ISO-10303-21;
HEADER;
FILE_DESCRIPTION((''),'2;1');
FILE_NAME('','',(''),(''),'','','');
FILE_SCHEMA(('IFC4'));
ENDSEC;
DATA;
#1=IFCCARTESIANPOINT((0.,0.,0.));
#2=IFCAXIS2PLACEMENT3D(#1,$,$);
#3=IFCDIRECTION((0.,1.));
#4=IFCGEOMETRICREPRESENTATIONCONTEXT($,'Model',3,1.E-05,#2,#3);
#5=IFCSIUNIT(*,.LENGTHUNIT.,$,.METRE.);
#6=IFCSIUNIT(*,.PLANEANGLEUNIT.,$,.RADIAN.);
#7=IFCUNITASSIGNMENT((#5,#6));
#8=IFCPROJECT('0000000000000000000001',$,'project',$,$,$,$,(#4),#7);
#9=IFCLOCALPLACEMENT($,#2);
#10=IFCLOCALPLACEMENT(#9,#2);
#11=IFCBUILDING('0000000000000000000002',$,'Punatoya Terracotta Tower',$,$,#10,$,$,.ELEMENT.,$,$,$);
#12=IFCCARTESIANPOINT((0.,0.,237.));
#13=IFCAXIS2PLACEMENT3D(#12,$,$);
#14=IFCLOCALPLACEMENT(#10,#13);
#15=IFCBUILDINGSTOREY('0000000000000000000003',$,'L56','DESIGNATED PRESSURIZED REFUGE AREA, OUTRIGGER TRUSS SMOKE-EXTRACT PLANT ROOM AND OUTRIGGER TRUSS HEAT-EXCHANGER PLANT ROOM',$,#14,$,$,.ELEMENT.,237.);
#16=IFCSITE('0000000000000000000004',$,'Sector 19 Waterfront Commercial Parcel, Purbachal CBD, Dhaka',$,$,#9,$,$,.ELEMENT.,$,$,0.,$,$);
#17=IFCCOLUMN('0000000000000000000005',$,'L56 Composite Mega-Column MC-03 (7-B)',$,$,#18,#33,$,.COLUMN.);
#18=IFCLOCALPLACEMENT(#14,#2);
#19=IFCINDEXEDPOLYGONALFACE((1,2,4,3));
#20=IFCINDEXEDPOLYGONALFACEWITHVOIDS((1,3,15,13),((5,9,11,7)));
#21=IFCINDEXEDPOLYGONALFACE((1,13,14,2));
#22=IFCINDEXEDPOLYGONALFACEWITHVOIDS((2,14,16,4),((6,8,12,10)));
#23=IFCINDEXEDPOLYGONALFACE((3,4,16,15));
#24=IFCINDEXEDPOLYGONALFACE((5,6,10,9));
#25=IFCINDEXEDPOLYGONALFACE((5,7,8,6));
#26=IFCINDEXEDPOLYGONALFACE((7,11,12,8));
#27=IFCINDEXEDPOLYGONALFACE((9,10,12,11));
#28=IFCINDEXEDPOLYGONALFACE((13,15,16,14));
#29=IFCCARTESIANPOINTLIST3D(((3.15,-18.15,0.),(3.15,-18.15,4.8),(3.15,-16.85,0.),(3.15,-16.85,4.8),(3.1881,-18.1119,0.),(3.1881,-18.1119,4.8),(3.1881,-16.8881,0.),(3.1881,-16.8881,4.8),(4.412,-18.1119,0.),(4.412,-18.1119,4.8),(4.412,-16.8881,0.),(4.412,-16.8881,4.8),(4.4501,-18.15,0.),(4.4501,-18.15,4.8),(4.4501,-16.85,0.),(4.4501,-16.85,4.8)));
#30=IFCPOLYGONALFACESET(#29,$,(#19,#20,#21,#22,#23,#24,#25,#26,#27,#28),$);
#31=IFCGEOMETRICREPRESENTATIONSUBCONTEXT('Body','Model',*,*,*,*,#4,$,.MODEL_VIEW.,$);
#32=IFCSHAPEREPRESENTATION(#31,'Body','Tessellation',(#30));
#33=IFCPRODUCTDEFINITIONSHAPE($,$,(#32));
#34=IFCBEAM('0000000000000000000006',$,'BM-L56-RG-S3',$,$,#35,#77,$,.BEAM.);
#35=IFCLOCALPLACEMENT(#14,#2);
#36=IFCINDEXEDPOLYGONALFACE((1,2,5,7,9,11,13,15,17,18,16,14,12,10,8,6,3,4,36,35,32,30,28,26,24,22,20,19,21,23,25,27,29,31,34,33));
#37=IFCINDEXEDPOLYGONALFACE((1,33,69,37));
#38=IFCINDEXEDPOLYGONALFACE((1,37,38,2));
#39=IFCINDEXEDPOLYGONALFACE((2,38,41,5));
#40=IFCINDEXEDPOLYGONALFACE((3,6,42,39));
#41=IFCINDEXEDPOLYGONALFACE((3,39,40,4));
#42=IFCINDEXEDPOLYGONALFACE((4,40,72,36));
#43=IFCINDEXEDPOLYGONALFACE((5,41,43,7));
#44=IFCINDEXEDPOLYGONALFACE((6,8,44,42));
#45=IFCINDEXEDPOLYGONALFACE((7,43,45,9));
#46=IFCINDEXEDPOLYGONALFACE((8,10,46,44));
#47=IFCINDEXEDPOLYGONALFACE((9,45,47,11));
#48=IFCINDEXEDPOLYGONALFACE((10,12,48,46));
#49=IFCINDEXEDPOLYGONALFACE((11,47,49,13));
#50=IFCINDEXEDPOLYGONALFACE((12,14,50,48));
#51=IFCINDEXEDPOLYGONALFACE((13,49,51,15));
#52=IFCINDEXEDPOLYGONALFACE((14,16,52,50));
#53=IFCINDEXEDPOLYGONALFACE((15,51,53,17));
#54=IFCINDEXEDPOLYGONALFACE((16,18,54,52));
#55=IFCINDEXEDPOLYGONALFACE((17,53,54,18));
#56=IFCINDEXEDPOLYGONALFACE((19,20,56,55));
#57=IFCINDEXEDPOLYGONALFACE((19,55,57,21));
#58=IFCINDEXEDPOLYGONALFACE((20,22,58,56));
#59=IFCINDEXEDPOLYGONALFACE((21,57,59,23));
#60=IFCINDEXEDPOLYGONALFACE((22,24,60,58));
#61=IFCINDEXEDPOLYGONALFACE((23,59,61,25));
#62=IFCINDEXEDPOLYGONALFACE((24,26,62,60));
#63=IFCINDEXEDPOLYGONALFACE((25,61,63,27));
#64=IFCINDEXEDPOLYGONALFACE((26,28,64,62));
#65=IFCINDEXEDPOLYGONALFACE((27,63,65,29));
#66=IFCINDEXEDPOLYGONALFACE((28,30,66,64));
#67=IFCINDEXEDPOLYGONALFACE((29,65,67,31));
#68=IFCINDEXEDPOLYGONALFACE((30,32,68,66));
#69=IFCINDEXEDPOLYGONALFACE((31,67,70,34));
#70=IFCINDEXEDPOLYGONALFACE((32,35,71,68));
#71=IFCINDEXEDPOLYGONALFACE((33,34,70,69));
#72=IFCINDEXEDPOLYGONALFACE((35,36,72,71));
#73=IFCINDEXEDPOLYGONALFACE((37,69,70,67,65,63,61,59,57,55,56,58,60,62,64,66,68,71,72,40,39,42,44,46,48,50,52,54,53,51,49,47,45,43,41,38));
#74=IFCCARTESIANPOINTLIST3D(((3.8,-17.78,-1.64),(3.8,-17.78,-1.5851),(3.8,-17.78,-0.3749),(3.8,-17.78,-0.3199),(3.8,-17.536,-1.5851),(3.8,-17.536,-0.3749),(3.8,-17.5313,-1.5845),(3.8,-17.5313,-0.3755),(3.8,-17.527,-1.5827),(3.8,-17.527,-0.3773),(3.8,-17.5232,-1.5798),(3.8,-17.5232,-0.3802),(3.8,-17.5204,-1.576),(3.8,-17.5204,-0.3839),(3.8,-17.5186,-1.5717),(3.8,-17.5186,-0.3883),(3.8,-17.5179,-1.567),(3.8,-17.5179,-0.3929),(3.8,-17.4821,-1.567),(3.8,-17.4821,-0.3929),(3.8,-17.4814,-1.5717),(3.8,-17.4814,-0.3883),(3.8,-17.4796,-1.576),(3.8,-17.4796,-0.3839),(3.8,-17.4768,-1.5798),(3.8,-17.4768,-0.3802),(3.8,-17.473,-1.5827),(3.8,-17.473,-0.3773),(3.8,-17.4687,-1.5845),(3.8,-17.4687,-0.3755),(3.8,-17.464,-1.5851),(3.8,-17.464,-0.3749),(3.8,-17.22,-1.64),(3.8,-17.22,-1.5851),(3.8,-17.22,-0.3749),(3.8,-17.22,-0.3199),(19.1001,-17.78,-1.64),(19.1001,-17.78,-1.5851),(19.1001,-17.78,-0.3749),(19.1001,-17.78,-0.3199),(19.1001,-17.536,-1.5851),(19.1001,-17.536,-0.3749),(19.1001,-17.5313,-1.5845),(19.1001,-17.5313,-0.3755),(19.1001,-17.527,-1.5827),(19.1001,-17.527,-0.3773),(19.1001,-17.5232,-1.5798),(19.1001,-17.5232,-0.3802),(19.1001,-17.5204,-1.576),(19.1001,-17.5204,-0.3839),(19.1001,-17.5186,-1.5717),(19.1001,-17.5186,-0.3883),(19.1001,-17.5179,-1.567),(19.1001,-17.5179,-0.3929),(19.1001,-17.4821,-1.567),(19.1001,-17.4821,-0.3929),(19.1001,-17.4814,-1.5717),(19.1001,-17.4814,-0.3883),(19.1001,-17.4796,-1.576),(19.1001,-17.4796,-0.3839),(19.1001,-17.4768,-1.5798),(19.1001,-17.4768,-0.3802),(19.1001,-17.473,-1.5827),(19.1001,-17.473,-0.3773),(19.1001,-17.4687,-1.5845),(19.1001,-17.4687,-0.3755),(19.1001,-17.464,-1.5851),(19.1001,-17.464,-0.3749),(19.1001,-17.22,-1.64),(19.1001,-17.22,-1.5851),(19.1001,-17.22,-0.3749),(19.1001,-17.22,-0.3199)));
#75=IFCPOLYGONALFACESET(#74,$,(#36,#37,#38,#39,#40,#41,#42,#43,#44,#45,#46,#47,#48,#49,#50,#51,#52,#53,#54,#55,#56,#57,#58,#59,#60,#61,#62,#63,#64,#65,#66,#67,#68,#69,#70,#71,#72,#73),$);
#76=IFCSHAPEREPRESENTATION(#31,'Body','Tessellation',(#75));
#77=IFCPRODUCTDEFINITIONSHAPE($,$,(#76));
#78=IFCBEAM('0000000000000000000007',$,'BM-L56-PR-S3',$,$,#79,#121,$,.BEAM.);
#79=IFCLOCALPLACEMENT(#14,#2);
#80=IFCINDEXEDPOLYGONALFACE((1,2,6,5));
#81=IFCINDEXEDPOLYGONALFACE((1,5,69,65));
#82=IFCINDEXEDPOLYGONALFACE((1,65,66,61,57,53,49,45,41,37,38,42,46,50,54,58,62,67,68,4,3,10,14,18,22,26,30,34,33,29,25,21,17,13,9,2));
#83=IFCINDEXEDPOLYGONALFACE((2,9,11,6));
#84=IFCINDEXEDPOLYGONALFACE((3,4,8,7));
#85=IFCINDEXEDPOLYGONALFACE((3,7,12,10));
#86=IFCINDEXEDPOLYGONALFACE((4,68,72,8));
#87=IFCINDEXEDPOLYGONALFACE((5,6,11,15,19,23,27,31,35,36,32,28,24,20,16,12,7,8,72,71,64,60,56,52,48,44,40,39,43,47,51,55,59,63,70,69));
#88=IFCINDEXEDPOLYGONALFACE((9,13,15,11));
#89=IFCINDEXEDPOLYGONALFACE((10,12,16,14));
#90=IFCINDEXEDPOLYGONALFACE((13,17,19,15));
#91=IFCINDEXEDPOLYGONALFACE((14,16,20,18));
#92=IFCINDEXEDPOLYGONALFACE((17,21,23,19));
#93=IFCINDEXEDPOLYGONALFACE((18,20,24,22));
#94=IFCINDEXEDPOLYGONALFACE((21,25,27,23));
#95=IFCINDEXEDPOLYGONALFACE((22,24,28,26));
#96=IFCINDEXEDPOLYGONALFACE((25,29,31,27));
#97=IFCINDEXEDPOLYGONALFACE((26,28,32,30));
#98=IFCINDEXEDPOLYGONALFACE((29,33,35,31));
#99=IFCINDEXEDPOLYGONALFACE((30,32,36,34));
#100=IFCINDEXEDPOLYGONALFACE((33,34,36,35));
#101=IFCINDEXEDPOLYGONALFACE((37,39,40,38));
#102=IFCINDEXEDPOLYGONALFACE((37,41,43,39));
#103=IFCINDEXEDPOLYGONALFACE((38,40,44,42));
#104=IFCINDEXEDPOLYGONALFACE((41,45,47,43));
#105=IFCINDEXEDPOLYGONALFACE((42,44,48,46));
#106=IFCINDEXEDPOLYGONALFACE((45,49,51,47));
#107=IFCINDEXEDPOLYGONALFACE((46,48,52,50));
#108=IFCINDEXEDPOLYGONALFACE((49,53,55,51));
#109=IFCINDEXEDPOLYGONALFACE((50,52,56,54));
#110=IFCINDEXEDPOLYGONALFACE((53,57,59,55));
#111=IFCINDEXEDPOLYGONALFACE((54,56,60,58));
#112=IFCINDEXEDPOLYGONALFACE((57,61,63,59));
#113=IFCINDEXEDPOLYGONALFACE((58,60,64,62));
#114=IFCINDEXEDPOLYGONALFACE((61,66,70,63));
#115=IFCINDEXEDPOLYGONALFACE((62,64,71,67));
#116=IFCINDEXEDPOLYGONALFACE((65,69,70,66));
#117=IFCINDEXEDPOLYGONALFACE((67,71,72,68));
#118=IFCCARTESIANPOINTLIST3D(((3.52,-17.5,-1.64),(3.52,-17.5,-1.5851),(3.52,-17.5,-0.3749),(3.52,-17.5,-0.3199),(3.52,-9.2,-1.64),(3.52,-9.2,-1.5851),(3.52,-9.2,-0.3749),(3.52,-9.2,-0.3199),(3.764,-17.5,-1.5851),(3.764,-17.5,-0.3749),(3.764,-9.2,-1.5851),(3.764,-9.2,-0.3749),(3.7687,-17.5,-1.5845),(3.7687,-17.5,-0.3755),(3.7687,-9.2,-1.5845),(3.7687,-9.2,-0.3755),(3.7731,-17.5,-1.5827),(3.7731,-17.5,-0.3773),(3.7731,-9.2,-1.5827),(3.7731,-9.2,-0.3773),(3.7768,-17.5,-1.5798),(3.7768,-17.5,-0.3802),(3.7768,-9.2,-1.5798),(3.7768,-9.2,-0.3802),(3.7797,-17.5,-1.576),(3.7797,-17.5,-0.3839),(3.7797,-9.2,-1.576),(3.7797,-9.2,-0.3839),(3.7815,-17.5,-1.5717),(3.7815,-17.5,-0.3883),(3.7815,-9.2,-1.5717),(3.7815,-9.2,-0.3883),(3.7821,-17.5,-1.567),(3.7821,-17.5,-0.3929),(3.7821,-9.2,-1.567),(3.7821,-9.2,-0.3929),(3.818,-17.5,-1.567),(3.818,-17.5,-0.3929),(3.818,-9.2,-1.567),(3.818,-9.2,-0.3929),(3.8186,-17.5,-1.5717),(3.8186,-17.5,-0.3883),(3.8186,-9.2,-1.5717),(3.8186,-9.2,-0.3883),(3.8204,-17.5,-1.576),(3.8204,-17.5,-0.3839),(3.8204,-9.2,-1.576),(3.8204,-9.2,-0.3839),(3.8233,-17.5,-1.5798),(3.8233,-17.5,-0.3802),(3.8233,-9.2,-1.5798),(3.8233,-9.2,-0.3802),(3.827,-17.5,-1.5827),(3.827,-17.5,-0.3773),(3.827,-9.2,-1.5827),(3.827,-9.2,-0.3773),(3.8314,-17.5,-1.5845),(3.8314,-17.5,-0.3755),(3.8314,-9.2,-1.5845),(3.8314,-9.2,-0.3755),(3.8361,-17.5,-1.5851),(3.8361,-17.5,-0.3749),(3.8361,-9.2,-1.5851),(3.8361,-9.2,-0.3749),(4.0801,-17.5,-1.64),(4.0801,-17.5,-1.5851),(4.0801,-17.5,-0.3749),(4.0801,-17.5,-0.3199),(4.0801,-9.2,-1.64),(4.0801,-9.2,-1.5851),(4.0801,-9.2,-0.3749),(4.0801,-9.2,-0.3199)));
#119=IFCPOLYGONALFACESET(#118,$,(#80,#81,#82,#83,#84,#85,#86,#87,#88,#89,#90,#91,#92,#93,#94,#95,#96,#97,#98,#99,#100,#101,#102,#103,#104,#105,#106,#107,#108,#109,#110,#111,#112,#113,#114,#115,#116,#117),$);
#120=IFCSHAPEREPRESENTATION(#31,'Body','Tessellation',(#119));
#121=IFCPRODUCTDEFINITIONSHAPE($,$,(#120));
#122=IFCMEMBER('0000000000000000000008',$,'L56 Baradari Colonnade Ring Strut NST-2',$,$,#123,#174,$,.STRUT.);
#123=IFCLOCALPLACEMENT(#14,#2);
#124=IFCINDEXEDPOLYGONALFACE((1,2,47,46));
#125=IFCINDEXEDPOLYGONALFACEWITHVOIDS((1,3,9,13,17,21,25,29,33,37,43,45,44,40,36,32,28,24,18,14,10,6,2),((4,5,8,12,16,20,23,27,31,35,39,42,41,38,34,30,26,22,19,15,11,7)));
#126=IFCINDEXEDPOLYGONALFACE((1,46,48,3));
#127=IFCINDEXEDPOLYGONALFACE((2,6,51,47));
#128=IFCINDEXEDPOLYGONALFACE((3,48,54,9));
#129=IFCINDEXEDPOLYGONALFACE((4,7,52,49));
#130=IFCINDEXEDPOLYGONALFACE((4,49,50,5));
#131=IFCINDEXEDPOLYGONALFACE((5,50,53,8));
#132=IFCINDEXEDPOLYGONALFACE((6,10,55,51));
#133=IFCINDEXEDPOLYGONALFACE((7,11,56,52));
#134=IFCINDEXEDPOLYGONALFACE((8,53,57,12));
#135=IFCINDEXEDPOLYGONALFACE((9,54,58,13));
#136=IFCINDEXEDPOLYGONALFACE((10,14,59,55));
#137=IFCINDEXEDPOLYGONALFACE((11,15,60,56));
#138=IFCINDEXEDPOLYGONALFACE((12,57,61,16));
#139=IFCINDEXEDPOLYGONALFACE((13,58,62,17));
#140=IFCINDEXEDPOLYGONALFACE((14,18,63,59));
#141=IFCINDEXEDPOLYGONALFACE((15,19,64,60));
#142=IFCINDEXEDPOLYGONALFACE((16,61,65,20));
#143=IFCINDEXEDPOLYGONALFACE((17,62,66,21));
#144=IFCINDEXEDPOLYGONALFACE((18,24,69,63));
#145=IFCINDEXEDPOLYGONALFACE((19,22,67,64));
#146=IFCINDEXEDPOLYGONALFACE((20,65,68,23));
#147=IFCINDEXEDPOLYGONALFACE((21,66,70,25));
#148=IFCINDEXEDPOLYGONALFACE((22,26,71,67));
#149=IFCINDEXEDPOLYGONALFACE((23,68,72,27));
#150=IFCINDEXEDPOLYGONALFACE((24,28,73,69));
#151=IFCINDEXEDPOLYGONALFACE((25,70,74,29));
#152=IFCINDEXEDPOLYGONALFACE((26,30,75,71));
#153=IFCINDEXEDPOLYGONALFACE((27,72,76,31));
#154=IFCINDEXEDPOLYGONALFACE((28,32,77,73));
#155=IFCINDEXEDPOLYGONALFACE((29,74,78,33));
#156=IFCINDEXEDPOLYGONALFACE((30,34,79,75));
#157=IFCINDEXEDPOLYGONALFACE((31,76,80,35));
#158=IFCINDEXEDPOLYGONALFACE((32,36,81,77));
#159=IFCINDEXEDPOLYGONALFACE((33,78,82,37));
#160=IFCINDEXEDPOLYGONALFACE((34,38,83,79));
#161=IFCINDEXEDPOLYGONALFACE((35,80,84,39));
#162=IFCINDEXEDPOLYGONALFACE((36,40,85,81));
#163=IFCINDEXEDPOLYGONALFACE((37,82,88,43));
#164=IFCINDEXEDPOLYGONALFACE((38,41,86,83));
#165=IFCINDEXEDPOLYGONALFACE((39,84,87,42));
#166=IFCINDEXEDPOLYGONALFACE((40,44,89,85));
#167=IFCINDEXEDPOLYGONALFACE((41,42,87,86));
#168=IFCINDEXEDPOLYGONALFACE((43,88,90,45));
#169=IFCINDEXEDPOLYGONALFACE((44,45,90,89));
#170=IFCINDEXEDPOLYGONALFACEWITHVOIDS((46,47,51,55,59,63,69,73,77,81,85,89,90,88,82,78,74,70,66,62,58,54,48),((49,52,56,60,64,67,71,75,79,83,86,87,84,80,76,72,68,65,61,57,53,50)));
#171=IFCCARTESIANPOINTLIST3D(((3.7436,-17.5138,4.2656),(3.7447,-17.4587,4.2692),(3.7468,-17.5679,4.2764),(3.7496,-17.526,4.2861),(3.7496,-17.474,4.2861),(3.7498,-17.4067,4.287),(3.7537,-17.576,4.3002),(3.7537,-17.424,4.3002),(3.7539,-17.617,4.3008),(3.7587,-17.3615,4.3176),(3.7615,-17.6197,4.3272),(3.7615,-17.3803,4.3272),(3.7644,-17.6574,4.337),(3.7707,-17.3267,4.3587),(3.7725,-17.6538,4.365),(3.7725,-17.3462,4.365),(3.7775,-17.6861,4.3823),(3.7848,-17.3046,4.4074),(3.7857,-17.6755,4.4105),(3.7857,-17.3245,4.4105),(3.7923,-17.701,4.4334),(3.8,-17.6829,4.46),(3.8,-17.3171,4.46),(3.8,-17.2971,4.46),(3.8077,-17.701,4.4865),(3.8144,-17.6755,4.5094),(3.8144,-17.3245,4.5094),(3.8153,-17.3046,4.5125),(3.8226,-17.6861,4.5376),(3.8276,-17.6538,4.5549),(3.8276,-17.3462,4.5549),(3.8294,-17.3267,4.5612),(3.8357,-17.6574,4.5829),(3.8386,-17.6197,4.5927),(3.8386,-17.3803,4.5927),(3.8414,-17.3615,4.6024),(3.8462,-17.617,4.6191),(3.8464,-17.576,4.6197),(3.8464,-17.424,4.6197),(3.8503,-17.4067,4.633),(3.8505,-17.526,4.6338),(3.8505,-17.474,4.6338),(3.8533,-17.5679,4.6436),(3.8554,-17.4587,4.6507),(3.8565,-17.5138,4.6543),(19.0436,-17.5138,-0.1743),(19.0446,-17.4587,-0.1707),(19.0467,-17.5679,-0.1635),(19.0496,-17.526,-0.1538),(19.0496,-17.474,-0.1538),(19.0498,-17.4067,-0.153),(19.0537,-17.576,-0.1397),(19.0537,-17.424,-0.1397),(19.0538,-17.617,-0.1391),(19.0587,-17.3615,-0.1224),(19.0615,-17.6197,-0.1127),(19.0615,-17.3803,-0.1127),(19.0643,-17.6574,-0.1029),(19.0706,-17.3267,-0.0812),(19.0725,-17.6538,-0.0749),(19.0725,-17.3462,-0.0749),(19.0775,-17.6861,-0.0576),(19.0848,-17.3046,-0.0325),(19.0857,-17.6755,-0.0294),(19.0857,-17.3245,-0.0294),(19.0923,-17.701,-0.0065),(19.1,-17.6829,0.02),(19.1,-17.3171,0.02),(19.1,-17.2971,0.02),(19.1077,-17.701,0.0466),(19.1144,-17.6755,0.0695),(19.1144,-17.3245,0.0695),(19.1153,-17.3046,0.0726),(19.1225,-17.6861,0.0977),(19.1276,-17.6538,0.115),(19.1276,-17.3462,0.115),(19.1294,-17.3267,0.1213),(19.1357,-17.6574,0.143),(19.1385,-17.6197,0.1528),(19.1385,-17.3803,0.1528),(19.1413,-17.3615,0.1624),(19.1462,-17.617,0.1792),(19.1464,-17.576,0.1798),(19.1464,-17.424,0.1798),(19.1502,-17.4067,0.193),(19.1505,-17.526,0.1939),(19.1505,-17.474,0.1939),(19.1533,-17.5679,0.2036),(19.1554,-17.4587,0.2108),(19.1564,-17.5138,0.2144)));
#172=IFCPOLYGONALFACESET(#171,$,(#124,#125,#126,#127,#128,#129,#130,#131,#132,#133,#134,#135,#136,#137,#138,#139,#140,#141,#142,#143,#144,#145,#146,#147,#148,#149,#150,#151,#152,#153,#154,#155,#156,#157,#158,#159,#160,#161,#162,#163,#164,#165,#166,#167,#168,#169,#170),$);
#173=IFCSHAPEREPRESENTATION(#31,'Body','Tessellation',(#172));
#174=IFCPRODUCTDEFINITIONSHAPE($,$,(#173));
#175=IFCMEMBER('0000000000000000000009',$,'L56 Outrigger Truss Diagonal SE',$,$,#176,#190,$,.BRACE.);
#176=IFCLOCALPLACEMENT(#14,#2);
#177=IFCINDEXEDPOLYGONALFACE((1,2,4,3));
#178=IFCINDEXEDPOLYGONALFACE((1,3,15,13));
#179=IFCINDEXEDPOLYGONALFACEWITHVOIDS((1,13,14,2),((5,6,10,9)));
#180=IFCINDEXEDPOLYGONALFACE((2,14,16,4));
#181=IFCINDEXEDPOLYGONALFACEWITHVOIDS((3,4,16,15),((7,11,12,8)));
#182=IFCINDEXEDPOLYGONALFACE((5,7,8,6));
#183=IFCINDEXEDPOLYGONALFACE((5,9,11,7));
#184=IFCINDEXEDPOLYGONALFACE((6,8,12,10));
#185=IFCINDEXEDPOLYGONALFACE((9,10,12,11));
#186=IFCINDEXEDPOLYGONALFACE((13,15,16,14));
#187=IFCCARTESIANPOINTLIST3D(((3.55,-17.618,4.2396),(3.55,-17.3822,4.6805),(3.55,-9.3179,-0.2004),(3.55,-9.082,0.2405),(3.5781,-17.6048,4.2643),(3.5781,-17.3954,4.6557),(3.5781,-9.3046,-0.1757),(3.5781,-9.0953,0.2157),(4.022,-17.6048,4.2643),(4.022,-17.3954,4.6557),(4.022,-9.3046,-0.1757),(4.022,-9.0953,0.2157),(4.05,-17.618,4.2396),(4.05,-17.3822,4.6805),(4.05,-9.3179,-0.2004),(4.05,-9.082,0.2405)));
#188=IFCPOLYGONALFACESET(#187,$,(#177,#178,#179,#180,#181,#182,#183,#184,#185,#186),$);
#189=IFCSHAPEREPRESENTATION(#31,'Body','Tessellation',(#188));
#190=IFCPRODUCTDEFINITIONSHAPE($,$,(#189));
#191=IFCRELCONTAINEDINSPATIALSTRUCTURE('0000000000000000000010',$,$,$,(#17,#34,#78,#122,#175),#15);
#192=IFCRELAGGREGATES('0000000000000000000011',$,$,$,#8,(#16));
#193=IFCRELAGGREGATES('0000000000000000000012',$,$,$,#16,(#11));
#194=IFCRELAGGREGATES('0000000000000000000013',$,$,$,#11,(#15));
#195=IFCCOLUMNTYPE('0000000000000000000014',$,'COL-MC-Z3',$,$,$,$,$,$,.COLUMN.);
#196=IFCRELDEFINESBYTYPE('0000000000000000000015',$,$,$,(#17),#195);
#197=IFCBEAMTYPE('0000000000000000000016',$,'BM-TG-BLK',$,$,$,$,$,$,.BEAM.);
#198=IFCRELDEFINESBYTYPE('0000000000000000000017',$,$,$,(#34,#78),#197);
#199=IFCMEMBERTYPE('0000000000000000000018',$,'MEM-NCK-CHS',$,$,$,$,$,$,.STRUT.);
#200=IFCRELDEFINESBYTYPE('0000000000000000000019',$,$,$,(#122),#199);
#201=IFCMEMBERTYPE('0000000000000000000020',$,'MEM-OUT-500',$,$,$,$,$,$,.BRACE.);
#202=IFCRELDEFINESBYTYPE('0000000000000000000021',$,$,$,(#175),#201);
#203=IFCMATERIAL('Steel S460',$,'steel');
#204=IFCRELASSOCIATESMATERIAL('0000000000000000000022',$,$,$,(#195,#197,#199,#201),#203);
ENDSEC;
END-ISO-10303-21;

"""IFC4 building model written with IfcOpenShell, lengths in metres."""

from ifc_helpers import new_model, si_unit, direction, frame, origin, origin_2d, place, context, subcontext, project, spatial, hollow_rectangle, hollow_circle, i_section, extrude, material, material_profile, profile_set, type_object, element, save


model = new_model("IFC4")

# Units and contexts
model_context = context("Model", 3, precision=1e-05, world=origin(), true_north=direction((0.0, 1.0)))
body_context = subcontext(model_context, "Body", "Model", "MODEL_VIEW")
ifc_project = project(units=[si_unit("LENGTHUNIT", "METRE"), si_unit("PLANEANGLEUNIT", "RADIAN")], contexts=[model_context])

# Site, building, storey
site_placement = place(None, origin())
site = spatial("IfcSite", under=ifc_project, at=site_placement, Name="Sector 19 Waterfront Commercial Parcel, Purbachal CBD, Dhaka", CompositionType="ELEMENT", RefElevation=0.0)
building_placement = place(site_placement, origin())
building = spatial("IfcBuilding", under=site, at=building_placement, Name="Punatoya Terracotta Tower", CompositionType="ELEMENT")
storey_placement = place(building_placement, frame((0.0, 0.0, 237.0)))
storey = spatial("IfcBuildingStorey", under=building, at=storey_placement, Name="L56", Description="DESIGNATED PRESSURIZED REFUGE AREA, OUTRIGGER TRUSS SMOKE-EXTRACT PLANT ROOM AND OUTRIGGER TRUSS HEAT-EXCHANGER PLANT ROOM", CompositionType="ELEMENT", Elevation=237.0)

# Column
ifc_material_1 = material(Name="Steel S460", Category="steel")
ifc_material_profile_1 = material_profile(ifc_material_1, hollow_rectangle(XDim=1.3, YDim=1.3, WallThickness=0.0381, at=origin_2d()))
ifc_profile_set_1 = profile_set([ifc_material_profile_1], Name="Steel S460")
column_type = type_object("IfcColumnType", Name="COL-MC-Z3", PredefinedType="COLUMN", material=ifc_profile_set_1)
column_placement = place(storey_placement, frame((3.8, -17.5, 0.0), z_axis=(0.0, 0.0, 1.0), x_axis=(1.0, 0.0, 0.0)))
element("IfcColumn", 1, at=column_placement, inside=storey, type_object=column_type, Name="L56 Composite Mega-Column MC-03 (7-B)", PredefinedType="COLUMN", context=body_context, shape_type="SweptSolid", body=[
    extrude(hollow_rectangle(XDim=1.3, YDim=1.3, WallThickness=0.0381, at=origin_2d()), origin(), (0.0, 0.0, 1.0), 4.8),
])

# Beams
ifc_material_profile_2 = material_profile(ifc_material_1, i_section(OverallWidth=0.5601, OverallDepth=1.3201, WebThickness=0.0359, FlangeThickness=0.0549, FilletRadius=0.0181, at=origin_2d()))
ifc_profile_set_2 = profile_set([ifc_material_profile_2], Name="Steel S460")
beam_type = type_object("IfcBeamType", Name="BM-TG-BLK", PredefinedType="BEAM", material=ifc_profile_set_2)
beam_1_placement = place(storey_placement, frame((3.8, -17.5, -0.98), z_axis=(1.0, 0.0, 0.0), x_axis=(0.0, 1.0, 0.0)))
element("IfcBeam", 2, at=beam_1_placement, inside=storey, type_object=beam_type, Name="BM-L56-RG-S3", PredefinedType="BEAM", context=body_context, shape_type="SweptSolid", body=[
    extrude(i_section(OverallWidth=0.5601, OverallDepth=1.3201, WebThickness=0.0359, FlangeThickness=0.0549, FilletRadius=0.0181, at=origin_2d()), origin(), (0.0, 0.0, 1.0), 15.3),
])
beam_2_placement = place(storey_placement, frame((3.8, -17.5, -0.98), z_axis=(0.0, 1.0, 0.0), x_axis=(-1.0, 0.0, 0.0)))
element("IfcBeam", 3, at=beam_2_placement, inside=storey, type_object=beam_type, Name="BM-L56-PR-S3", PredefinedType="BEAM", context=body_context, shape_type="SweptSolid", body=[
    extrude(i_section(OverallWidth=0.5601, OverallDepth=1.3201, WebThickness=0.0359, FlangeThickness=0.0549, FilletRadius=0.0181, at=origin_2d()), origin(), (0.0, 0.0, 1.0), 8.3),
])

# Members
ifc_material_profile_3 = material_profile(ifc_material_1, hollow_circle(Radius=0.2029, WallThickness=0.02, at=origin_2d()))
ifc_profile_set_3 = profile_set([ifc_material_profile_3], Name="Steel S460")
member_type_1 = type_object("IfcMemberType", Name="MEM-NCK-CHS", PredefinedType="STRUT", material=ifc_profile_set_3)
member_1_placement = place(storey_placement, frame((3.8, -17.5, 4.46), z_axis=(0.96038, 0.0, -0.278694), x_axis=(0.0, 1.0, 0.0)))
element("IfcMember", 4, at=member_1_placement, inside=storey, type_object=member_type_1, Name="L56 Baradari Colonnade Ring Strut NST-2", PredefinedType="STRUT", context=body_context, shape_type="SweptSolid", body=[
    extrude(hollow_circle(Radius=0.2029, WallThickness=0.02, at=origin_2d()), origin(), (0.0, 0.0, 1.0), 15.9312),
])
ifc_material_profile_4 = material_profile(ifc_material_1, hollow_rectangle(XDim=0.5, YDim=0.5, WallThickness=0.0281, at=origin_2d()))
ifc_profile_set_4 = profile_set([ifc_material_profile_4], Name="Steel S460")
member_type_2 = type_object("IfcMemberType", Name="MEM-OUT-500", PredefinedType="BRACE", material=ifc_profile_set_4)
member_2_placement = place(storey_placement, frame((3.8, -9.2, 0.02), z_axis=(0.0, -0.881768, 0.471684), x_axis=(1.0, 0.0, 0.0)))
element("IfcMember", 5, at=member_2_placement, inside=storey, type_object=member_type_2, Name="L56 Outrigger Truss Diagonal SE", PredefinedType="BRACE", context=body_context, shape_type="SweptSolid", body=[
    extrude(hollow_rectangle(XDim=0.5, YDim=0.5, WallThickness=0.0281, at=origin_2d()), origin(), (0.0, 0.0, 1.0), 9.4131),
])

save(model, "model.ifc")
